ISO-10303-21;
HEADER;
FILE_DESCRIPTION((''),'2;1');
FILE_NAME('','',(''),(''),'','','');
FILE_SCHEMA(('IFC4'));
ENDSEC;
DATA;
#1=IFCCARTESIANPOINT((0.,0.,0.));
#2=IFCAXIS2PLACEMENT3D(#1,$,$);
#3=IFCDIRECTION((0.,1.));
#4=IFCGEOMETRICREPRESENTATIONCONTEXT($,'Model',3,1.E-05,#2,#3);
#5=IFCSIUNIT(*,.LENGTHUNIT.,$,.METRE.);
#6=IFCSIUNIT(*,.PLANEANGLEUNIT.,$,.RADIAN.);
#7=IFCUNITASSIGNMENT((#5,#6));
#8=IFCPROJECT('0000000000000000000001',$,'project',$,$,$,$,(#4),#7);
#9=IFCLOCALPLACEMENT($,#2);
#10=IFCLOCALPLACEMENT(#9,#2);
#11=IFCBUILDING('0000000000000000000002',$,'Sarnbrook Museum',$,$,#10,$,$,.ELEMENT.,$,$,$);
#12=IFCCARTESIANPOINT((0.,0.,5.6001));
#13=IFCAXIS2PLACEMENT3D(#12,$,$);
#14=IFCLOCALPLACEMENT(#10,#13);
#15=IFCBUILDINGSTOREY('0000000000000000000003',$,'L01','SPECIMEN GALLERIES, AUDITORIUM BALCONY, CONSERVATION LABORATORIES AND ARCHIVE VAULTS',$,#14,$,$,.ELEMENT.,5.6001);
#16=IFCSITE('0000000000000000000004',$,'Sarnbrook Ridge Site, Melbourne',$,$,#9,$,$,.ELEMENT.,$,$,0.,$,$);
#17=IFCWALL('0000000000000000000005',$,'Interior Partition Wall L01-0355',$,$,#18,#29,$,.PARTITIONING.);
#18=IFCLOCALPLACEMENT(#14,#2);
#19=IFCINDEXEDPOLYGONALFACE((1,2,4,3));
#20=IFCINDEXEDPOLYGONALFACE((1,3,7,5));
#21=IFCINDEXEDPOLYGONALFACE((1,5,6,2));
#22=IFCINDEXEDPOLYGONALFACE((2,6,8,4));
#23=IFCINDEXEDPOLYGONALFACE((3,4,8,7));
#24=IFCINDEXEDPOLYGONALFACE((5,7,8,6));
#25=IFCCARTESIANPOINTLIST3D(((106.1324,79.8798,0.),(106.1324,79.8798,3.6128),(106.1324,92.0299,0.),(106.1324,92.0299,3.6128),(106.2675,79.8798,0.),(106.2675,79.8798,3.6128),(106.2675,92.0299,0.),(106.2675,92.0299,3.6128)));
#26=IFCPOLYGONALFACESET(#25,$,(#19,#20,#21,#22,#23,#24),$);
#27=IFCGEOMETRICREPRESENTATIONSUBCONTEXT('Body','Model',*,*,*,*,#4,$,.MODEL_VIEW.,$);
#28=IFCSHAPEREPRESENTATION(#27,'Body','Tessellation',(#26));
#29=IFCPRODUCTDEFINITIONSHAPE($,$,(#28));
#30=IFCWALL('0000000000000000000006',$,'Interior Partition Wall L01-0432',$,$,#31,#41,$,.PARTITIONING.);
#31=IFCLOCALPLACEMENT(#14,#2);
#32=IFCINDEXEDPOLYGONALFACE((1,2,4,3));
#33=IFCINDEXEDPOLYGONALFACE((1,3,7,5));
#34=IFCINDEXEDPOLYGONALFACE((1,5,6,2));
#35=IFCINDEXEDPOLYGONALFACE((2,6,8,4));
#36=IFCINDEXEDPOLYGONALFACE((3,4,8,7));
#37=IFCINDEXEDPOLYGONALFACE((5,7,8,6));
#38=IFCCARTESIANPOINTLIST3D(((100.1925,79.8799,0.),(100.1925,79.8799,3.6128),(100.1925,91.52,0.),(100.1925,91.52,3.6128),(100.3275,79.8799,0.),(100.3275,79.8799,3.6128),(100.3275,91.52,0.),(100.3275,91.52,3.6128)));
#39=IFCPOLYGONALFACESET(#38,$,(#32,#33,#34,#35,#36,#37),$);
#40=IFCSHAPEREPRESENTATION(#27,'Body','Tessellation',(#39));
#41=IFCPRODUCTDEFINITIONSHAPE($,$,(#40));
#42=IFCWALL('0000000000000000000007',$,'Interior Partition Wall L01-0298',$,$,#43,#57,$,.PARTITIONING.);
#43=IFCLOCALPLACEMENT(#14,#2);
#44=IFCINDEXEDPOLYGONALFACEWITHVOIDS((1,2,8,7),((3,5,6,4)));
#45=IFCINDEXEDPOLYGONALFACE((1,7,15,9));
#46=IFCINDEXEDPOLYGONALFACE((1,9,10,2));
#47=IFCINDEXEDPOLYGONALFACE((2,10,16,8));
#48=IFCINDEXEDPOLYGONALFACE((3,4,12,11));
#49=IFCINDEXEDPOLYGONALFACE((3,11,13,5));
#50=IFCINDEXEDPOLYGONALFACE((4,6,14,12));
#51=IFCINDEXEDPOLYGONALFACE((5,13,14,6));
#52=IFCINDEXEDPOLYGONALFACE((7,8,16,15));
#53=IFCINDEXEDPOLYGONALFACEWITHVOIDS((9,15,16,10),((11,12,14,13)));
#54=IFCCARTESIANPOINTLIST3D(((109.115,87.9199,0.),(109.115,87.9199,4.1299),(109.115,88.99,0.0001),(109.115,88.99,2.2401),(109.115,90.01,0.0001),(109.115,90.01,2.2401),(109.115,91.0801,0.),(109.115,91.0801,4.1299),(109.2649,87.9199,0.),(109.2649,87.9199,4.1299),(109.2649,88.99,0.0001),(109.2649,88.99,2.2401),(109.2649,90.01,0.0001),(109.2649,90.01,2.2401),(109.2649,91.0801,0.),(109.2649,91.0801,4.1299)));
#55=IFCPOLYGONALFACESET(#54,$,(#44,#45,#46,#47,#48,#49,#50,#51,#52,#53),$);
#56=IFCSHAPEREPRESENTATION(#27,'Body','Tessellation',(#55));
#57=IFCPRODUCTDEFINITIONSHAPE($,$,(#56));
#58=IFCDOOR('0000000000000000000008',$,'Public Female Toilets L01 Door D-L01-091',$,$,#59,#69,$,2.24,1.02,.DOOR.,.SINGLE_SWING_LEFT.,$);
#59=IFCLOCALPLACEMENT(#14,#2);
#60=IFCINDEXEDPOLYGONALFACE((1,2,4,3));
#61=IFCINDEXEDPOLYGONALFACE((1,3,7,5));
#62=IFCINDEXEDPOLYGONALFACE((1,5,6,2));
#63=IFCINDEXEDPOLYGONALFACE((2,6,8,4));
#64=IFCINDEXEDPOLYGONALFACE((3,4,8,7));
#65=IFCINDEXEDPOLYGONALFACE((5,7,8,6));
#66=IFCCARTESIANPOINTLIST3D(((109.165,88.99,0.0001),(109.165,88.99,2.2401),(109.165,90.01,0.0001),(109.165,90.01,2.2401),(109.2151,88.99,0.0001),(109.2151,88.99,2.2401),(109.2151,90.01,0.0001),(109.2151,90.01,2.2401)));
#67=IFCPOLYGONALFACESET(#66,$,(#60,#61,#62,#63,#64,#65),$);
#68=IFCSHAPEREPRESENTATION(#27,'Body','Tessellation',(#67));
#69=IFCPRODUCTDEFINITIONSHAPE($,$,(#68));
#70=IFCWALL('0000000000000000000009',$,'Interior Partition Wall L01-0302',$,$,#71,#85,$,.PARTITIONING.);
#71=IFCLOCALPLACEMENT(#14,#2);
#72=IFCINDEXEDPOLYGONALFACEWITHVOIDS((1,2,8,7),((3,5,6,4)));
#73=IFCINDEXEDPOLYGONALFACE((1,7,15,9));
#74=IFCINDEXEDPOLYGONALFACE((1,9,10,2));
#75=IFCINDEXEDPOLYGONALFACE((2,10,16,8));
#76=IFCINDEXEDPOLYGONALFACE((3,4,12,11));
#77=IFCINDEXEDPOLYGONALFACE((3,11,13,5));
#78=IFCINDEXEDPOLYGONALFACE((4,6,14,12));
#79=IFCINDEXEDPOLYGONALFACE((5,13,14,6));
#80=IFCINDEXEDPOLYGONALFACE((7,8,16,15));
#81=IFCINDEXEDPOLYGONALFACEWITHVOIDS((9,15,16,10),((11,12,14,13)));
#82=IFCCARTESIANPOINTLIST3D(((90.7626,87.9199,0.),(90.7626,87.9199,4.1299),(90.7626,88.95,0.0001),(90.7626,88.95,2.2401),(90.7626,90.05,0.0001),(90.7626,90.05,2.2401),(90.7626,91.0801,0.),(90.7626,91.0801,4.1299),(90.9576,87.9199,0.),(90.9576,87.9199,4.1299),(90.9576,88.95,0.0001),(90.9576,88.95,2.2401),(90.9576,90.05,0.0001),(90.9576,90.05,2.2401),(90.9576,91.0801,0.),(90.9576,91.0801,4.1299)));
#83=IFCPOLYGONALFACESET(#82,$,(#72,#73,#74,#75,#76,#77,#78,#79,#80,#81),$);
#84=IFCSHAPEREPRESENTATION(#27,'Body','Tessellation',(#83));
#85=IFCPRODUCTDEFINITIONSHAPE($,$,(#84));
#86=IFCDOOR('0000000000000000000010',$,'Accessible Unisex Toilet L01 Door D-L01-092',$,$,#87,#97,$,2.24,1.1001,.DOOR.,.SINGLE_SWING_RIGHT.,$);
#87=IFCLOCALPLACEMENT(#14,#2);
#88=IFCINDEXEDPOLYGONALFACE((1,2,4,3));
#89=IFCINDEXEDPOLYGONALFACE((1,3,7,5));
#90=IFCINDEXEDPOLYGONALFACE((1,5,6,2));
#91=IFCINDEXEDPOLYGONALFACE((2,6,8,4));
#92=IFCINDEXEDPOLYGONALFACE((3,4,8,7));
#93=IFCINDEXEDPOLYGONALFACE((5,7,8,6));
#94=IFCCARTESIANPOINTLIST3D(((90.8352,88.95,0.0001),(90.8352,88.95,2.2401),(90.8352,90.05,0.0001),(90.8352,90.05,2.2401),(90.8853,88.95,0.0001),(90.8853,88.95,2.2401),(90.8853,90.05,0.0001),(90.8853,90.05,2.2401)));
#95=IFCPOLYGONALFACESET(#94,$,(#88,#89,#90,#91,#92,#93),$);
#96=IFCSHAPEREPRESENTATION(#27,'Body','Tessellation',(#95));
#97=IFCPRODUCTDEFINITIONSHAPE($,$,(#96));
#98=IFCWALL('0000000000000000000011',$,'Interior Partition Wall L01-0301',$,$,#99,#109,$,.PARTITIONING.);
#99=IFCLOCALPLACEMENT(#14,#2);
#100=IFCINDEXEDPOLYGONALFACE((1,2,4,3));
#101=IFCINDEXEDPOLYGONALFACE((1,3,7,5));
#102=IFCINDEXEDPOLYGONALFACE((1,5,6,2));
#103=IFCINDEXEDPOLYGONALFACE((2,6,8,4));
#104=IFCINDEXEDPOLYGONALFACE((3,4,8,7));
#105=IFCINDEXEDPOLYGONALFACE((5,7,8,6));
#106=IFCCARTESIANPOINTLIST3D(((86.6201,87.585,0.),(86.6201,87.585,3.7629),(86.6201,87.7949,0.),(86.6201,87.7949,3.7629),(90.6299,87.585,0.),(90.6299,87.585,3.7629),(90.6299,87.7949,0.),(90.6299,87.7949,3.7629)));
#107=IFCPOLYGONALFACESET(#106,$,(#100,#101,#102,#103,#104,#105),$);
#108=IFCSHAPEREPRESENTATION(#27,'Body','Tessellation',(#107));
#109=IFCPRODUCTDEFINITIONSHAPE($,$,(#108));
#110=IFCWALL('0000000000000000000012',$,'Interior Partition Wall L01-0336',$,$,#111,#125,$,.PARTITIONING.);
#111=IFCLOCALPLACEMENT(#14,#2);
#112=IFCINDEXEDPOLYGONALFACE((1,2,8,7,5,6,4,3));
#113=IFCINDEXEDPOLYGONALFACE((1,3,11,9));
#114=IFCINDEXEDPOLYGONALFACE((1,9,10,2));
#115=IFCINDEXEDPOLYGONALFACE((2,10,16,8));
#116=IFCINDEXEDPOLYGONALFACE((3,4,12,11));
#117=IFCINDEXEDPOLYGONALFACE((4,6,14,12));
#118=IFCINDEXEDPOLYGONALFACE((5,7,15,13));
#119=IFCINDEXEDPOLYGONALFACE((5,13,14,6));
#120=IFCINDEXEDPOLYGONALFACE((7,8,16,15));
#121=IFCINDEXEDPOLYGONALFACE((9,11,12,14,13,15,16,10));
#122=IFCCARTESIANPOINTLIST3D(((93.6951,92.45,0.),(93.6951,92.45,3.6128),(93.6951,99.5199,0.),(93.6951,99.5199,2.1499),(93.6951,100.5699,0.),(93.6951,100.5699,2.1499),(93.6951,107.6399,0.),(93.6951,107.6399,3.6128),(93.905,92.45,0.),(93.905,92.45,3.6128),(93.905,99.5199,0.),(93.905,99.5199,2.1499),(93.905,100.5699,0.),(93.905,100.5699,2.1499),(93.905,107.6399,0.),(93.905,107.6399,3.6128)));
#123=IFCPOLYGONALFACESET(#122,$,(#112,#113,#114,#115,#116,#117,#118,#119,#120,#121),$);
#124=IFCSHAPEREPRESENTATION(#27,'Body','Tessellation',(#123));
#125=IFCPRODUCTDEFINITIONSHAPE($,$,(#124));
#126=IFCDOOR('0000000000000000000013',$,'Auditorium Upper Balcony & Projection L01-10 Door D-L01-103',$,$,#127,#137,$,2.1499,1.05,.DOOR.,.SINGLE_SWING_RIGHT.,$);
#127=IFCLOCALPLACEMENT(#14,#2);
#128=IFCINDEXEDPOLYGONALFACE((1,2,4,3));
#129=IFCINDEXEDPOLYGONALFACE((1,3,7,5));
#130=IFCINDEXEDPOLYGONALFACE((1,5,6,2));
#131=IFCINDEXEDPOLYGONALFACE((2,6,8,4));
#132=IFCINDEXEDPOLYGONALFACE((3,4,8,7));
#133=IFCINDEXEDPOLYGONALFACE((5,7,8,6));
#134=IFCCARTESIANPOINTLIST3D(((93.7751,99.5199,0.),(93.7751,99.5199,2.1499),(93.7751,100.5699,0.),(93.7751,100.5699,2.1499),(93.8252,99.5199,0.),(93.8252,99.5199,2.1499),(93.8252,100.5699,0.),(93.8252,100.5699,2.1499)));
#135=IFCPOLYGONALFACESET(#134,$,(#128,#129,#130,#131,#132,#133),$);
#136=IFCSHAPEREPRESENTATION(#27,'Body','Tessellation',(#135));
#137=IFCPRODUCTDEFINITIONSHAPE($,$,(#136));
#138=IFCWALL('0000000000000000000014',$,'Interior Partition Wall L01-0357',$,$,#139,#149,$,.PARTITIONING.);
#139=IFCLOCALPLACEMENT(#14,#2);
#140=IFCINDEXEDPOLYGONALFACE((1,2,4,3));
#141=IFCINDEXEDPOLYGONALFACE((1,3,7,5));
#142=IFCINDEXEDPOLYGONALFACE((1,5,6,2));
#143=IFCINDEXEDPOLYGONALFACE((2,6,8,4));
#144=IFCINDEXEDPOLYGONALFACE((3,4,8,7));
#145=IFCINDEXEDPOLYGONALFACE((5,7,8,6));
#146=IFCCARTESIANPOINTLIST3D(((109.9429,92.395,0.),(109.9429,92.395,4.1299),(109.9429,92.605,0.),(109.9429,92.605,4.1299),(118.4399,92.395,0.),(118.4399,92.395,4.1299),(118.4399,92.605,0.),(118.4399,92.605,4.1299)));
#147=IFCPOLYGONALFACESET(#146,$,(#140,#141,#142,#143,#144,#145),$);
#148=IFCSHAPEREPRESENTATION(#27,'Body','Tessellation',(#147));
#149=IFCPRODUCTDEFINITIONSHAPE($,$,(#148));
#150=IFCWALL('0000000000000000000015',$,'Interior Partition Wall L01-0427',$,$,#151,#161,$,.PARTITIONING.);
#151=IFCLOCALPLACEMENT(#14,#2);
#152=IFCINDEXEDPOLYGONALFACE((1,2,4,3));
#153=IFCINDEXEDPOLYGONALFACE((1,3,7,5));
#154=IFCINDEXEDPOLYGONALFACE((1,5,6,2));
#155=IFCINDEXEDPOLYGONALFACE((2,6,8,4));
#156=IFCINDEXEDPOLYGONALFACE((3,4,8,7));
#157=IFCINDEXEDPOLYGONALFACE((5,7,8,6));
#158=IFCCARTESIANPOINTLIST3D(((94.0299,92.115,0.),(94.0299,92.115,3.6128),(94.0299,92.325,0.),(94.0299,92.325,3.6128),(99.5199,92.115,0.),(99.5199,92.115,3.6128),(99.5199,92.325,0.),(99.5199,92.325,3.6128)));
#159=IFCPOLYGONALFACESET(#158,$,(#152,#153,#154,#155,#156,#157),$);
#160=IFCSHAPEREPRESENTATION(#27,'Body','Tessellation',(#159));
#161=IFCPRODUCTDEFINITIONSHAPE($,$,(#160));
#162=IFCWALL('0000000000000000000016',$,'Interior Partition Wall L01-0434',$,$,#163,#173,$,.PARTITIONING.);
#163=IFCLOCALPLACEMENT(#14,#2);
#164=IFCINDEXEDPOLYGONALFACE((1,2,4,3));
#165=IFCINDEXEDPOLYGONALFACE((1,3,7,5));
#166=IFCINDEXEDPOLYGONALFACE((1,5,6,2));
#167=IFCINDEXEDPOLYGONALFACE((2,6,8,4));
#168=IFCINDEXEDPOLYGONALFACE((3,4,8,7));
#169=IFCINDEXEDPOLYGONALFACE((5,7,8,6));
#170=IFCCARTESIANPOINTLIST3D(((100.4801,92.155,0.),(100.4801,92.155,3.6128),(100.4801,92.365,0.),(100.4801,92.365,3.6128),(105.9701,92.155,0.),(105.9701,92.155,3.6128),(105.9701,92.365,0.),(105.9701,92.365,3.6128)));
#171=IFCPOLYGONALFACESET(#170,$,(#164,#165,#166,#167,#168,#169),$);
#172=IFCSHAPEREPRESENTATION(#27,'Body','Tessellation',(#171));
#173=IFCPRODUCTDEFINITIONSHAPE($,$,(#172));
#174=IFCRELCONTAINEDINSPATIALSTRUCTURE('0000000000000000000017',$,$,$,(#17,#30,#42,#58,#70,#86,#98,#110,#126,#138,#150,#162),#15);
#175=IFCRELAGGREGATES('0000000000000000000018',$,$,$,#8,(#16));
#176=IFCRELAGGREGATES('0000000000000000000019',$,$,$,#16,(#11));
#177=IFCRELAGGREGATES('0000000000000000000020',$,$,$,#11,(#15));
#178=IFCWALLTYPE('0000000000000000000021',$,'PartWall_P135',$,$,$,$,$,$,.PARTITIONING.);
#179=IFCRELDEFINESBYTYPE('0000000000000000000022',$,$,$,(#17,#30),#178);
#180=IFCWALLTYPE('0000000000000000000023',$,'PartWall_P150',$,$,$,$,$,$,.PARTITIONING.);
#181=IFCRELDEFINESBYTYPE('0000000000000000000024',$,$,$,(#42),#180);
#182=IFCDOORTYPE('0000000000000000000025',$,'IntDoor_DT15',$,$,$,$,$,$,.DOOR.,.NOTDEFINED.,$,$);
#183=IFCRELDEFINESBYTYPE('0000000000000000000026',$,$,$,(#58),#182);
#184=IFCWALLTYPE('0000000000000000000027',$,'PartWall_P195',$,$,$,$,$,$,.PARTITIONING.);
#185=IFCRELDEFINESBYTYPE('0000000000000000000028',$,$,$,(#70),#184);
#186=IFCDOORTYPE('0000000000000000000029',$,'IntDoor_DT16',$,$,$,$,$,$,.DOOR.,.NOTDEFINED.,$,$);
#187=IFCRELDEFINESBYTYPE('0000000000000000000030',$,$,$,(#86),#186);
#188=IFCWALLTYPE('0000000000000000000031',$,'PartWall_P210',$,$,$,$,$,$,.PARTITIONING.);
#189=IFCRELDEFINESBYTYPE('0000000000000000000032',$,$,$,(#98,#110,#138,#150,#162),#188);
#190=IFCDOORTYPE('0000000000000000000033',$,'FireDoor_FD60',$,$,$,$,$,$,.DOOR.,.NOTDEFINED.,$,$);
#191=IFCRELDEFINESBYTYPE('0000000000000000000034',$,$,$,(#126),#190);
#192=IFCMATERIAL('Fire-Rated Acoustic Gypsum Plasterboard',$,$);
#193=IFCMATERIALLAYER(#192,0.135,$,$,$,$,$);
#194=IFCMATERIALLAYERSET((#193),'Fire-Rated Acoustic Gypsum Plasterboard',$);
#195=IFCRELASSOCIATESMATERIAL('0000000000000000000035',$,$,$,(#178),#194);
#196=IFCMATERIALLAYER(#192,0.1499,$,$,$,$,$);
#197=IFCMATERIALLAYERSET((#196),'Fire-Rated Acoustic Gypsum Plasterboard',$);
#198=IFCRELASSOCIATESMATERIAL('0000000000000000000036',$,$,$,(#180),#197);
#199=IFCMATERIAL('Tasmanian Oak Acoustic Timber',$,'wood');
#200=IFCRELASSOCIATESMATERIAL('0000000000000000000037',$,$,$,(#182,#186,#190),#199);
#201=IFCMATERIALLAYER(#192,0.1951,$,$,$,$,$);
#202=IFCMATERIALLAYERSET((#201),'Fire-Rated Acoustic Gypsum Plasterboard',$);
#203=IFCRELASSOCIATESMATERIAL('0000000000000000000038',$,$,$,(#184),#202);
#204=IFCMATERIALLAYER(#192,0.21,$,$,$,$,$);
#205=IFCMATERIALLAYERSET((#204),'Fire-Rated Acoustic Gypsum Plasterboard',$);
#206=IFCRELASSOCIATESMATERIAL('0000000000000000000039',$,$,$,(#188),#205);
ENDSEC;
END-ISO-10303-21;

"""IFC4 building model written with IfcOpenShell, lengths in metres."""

from ifc_helpers import new_model, si_unit, direction, frame, frame_2d, origin, place, context, subcontext, project, spatial, rectangle, extrude, material, layer, layer_set, type_object, element, fill, save


model = new_model("IFC4")

# Units and contexts
model_context = context("Model", 3, precision=1e-05, world=origin(), true_north=direction((0.0, 1.0)))
body_context = subcontext(model_context, "Body", "Model", "MODEL_VIEW")
ifc_project = project(units=[si_unit("LENGTHUNIT", "METRE"), si_unit("PLANEANGLEUNIT", "RADIAN")], contexts=[model_context])

# Site, building, storey
site_placement = place(None, origin())
site = spatial("IfcSite", under=ifc_project, at=site_placement, Name="Sarnbrook Ridge Site, Melbourne", CompositionType="ELEMENT", RefElevation=0.0)
building_placement = place(site_placement, origin())
building = spatial("IfcBuilding", under=site, at=building_placement, Name="Sarnbrook Museum", CompositionType="ELEMENT")
storey_placement = place(building_placement, frame((0.0, 0.0, 5.6001)))
storey = spatial("IfcBuildingStorey", under=building, at=storey_placement, Name="L01", Description="SPECIMEN GALLERIES, AUDITORIUM BALCONY, CONSERVATION LABORATORIES AND ARCHIVE VAULTS", CompositionType="ELEMENT", Elevation=5.6001)

# Shared definitions
ifc_material_1 = material(Name="Tasmanian Oak Acoustic Timber", Category="wood")

# Walls
ifc_material_2 = material(Name="Fire-Rated Acoustic Gypsum Plasterboard")
ifc_layer_1 = layer(ifc_material_2, 0.135)
ifc_layer_set_1 = layer_set([ifc_layer_1], Name="Fire-Rated Acoustic Gypsum Plasterboard")
wall_type_1 = type_object("IfcWallType", Name="PartWall_P135", PredefinedType="PARTITIONING", material=ifc_layer_set_1)
wall_1_placement = place(storey_placement, frame((106.2, 92.03, 0.0), z_axis=(0.0, 0.0, 1.0), x_axis=(0.0, -1.0, 0.0)))
element("IfcWall", 1, at=wall_1_placement, inside=storey, type_object=wall_type_1, Name="Interior Partition Wall L01-0355", PredefinedType="PARTITIONING", context=body_context, shape_type="SweptSolid", body=[
    extrude(rectangle(XDim=12.1501, YDim=0.135, at=frame_2d((6.0752, 0.0))), origin(), (0.0, 0.0, 1.0), 3.6128),
])
wall_2_placement = place(storey_placement, frame((100.26, 91.52, 0.0), z_axis=(0.0, 0.0, 1.0), x_axis=(0.0, -1.0, 0.0)))
element("IfcWall", 2, at=wall_2_placement, inside=storey, type_object=wall_type_1, Name="Interior Partition Wall L01-0432", PredefinedType="PARTITIONING", context=body_context, shape_type="SweptSolid", body=[
    extrude(rectangle(XDim=11.6401, YDim=0.135, at=frame_2d((5.8201, 0.0))), origin(), (0.0, 0.0, 1.0), 3.6128),
])

# Walls, openings, doors
ifc_layer_2 = layer(ifc_material_2, 0.1499)
ifc_layer_set_2 = layer_set([ifc_layer_2], Name="Fire-Rated Acoustic Gypsum Plasterboard")
wall_type_2 = type_object("IfcWallType", Name="PartWall_P150", PredefinedType="PARTITIONING", material=ifc_layer_set_2)
wall_3_placement = place(storey_placement, frame((109.1899, 87.9199, 0.0), z_axis=(0.0, 0.0, 1.0), x_axis=(0.0, 1.0, 0.0)))
wall_3 = element("IfcWall", 3, at=wall_3_placement, inside=storey, type_object=wall_type_2, Name="Interior Partition Wall L01-0298", PredefinedType="PARTITIONING", context=body_context, shape_type="SweptSolid", body=[
    extrude(rectangle(XDim=3.1602, YDim=0.1499, at=frame_2d((1.5801, 0.0))), origin(), (0.0, 0.0, 1.0), 4.1299),
])
opening_1_placement = place(wall_3_placement, frame((1.0701, 0.0, 0.0)))
opening_1 = element("IfcOpeningElement", 4, at=opening_1_placement, cuts=wall_3, PredefinedType="OPENING", context=body_context, shape_type="SweptSolid", body=[
    extrude(rectangle(XDim=1.02, YDim=2.24, at=frame_2d((0.51, 1.1201))), frame((0.0, 0.085, 0.0), z_axis=(0.0, -1.0, 0.0), x_axis=(1.0, 0.0, 0.0)), (0.0, 0.0, 1.0), 0.1699),
])
door_type_1 = type_object("IfcDoorType", Name="IntDoor_DT15", OperationType="NOTDEFINED", PredefinedType="DOOR", material=ifc_material_1)
door_1_placement = place(opening_1_placement, origin())
door_1 = element("IfcDoor", 5, at=door_1_placement, inside=storey, type_object=door_type_1, Name="Public Female Toilets L01 Door D-L01-091", OperationType="SINGLE_SWING_LEFT", OverallHeight=2.24, OverallWidth=1.02, PredefinedType="DOOR", context=body_context, shape_type="SweptSolid", body=[
    extrude(rectangle(XDim=1.02, YDim=2.24, at=frame_2d((0.51, 1.1201))), frame((0.0, 0.0249, 0.0), z_axis=(0.0, -1.0, 0.0), x_axis=(1.0, 0.0, 0.0)), (0.0, 0.0, 1.0), 0.05),
])
fill(opening_1, door_1)
ifc_layer_3 = layer(ifc_material_2, 0.1951)
ifc_layer_set_3 = layer_set([ifc_layer_3], Name="Fire-Rated Acoustic Gypsum Plasterboard")
wall_type_3 = type_object("IfcWallType", Name="PartWall_P195", PredefinedType="PARTITIONING", material=ifc_layer_set_3)
wall_4_placement = place(storey_placement, frame((90.8601, 91.0801, 0.0), z_axis=(0.0, 0.0, 1.0), x_axis=(0.0, -1.0, 0.0)))
wall_4 = element("IfcWall", 6, at=wall_4_placement, inside=storey, type_object=wall_type_3, Name="Interior Partition Wall L01-0302", PredefinedType="PARTITIONING", context=body_context, shape_type="SweptSolid", body=[
    extrude(rectangle(XDim=3.1602, YDim=0.1951, at=frame_2d((1.5801, 0.0))), origin(), (0.0, 0.0, 1.0), 4.1299),
])
opening_2_placement = place(wall_4_placement, frame((1.03, 0.0, 0.0)))
opening_2 = element("IfcOpeningElement", 7, at=opening_2_placement, cuts=wall_4, PredefinedType="OPENING", context=body_context, shape_type="SweptSolid", body=[
    extrude(rectangle(XDim=1.1001, YDim=2.24, at=frame_2d((0.55, 1.1201))), frame((0.0, 0.1074, 0.0), z_axis=(0.0, -1.0, 0.0), x_axis=(1.0, 0.0, 0.0)), (0.0, 0.0, 1.0), 0.2151),
])
door_type_2 = type_object("IfcDoorType", Name="IntDoor_DT16", OperationType="NOTDEFINED", PredefinedType="DOOR", material=ifc_material_1)
door_2_placement = place(opening_2_placement, frame((1.1001, 0.0, 0.0), z_axis=(0.0, 0.0, 1.0), x_axis=(-1.0, 0.0, 0.0)))
door_2 = element("IfcDoor", 8, at=door_2_placement, inside=storey, type_object=door_type_2, Name="Accessible Unisex Toilet L01 Door D-L01-092", OperationType="SINGLE_SWING_RIGHT", OverallHeight=2.24, OverallWidth=1.1001, PredefinedType="DOOR", context=body_context, shape_type="SweptSolid", body=[
    extrude(rectangle(XDim=1.1001, YDim=2.24, at=frame_2d((0.55, 1.1201))), frame((0.0, 0.0249, 0.0), z_axis=(0.0, -1.0, 0.0), x_axis=(1.0, 0.0, 0.0)), (0.0, 0.0, 1.0), 0.05),
])
fill(opening_2, door_2)

# Wall
ifc_layer_4 = layer(ifc_material_2, 0.21)
ifc_layer_set_4 = layer_set([ifc_layer_4], Name="Fire-Rated Acoustic Gypsum Plasterboard")
wall_type_4 = type_object("IfcWallType", Name="PartWall_P210", PredefinedType="PARTITIONING", material=ifc_layer_set_4)
wall_5_placement = place(storey_placement, frame((90.6299, 87.6899, 0.0), z_axis=(0.0, 0.0, 1.0), x_axis=(-1.0, 0.0, 0.0)))
element("IfcWall", 9, at=wall_5_placement, inside=storey, type_object=wall_type_4, Name="Interior Partition Wall L01-0301", PredefinedType="PARTITIONING", context=body_context, shape_type="SweptSolid", body=[
    extrude(rectangle(XDim=4.0098, YDim=0.21, at=frame_2d((2.0049, 0.0))), origin(), (0.0, 0.0, 1.0), 3.7629),
])

# Wall, opening, door
wall_6_placement = place(storey_placement, frame((93.8, 92.45, 0.0), z_axis=(0.0, 0.0, 1.0), x_axis=(0.0, 1.0, 0.0)))
wall_6 = element("IfcWall", 10, at=wall_6_placement, inside=storey, type_object=wall_type_4, Name="Interior Partition Wall L01-0336", PredefinedType="PARTITIONING", context=body_context, shape_type="SweptSolid", body=[
    extrude(rectangle(XDim=15.1899, YDim=0.21, at=frame_2d((7.595, 0.0))), origin(), (0.0, 0.0, 1.0), 3.6128),
])
opening_3_placement = place(wall_6_placement, frame((7.0701, 0.0, 0.0)))
opening_3 = element("IfcOpeningElement", 11, at=opening_3_placement, cuts=wall_6, PredefinedType="OPENING", context=body_context, shape_type="SweptSolid", body=[
    extrude(rectangle(XDim=1.05, YDim=2.1499, at=frame_2d((0.5249, 1.075))), frame((0.0, 0.115, 0.0), z_axis=(0.0, -1.0, 0.0), x_axis=(1.0, 0.0, 0.0)), (0.0, 0.0, 1.0), 0.23),
])
door_type_3 = type_object("IfcDoorType", Name="FireDoor_FD60", OperationType="NOTDEFINED", PredefinedType="DOOR", material=ifc_material_1)
door_3_placement = place(opening_3_placement, origin())
door_3 = element("IfcDoor", 12, at=door_3_placement, inside=storey, type_object=door_type_3, Name="Auditorium Upper Balcony & Projection L01-10 Door D-L01-103", OperationType="SINGLE_SWING_RIGHT", OverallHeight=2.1499, OverallWidth=1.05, PredefinedType="DOOR", context=body_context, shape_type="SweptSolid", body=[
    extrude(rectangle(XDim=1.05, YDim=2.1499, at=frame_2d((0.5249, 1.075))), frame((0.0, 0.0249, 0.0), z_axis=(0.0, -1.0, 0.0), x_axis=(1.0, 0.0, 0.0)), (0.0, 0.0, 1.0), 0.05),
])
fill(opening_3, door_3)

# Walls
wall_7_placement = place(storey_placement, frame((109.9429, 92.5, 0.0), z_axis=(0.0, 0.0, 1.0), x_axis=(1.0, 0.0, 0.0)))
element("IfcWall", 13, at=wall_7_placement, inside=storey, type_object=wall_type_4, Name="Interior Partition Wall L01-0357", PredefinedType="PARTITIONING", context=body_context, shape_type="SweptSolid", body=[
    extrude(rectangle(XDim=8.4971, YDim=0.21, at=frame_2d((4.2485, 0.0))), origin(), (0.0, 0.0, 1.0), 4.1299),
])
for number, where, z_axis, x_axis, name in (
    (14, (99.52, 92.22, 0.0), (0.0, 0.0, 1.0), (-1.0, 0.0, 0.0), "Interior Partition Wall L01-0427"),
    (15, (100.48, 92.26, 0.0), (0.0, 0.0, 1.0), (1.0, 0.0, 0.0), "Interior Partition Wall L01-0434"),
):
    element("IfcWall", number, at=place(storey_placement, frame(where, z_axis=z_axis, x_axis=x_axis)), inside=storey, type_object=wall_type_4, Name=name, PredefinedType="PARTITIONING", context=body_context, shape_type="SweptSolid", body=[
        extrude(rectangle(XDim=5.49, YDim=0.21, at=frame_2d((2.7451, 0.0))), origin(), (0.0, 0.0, 1.0), 3.6128),
    ])

save(model, "model.ifc")
